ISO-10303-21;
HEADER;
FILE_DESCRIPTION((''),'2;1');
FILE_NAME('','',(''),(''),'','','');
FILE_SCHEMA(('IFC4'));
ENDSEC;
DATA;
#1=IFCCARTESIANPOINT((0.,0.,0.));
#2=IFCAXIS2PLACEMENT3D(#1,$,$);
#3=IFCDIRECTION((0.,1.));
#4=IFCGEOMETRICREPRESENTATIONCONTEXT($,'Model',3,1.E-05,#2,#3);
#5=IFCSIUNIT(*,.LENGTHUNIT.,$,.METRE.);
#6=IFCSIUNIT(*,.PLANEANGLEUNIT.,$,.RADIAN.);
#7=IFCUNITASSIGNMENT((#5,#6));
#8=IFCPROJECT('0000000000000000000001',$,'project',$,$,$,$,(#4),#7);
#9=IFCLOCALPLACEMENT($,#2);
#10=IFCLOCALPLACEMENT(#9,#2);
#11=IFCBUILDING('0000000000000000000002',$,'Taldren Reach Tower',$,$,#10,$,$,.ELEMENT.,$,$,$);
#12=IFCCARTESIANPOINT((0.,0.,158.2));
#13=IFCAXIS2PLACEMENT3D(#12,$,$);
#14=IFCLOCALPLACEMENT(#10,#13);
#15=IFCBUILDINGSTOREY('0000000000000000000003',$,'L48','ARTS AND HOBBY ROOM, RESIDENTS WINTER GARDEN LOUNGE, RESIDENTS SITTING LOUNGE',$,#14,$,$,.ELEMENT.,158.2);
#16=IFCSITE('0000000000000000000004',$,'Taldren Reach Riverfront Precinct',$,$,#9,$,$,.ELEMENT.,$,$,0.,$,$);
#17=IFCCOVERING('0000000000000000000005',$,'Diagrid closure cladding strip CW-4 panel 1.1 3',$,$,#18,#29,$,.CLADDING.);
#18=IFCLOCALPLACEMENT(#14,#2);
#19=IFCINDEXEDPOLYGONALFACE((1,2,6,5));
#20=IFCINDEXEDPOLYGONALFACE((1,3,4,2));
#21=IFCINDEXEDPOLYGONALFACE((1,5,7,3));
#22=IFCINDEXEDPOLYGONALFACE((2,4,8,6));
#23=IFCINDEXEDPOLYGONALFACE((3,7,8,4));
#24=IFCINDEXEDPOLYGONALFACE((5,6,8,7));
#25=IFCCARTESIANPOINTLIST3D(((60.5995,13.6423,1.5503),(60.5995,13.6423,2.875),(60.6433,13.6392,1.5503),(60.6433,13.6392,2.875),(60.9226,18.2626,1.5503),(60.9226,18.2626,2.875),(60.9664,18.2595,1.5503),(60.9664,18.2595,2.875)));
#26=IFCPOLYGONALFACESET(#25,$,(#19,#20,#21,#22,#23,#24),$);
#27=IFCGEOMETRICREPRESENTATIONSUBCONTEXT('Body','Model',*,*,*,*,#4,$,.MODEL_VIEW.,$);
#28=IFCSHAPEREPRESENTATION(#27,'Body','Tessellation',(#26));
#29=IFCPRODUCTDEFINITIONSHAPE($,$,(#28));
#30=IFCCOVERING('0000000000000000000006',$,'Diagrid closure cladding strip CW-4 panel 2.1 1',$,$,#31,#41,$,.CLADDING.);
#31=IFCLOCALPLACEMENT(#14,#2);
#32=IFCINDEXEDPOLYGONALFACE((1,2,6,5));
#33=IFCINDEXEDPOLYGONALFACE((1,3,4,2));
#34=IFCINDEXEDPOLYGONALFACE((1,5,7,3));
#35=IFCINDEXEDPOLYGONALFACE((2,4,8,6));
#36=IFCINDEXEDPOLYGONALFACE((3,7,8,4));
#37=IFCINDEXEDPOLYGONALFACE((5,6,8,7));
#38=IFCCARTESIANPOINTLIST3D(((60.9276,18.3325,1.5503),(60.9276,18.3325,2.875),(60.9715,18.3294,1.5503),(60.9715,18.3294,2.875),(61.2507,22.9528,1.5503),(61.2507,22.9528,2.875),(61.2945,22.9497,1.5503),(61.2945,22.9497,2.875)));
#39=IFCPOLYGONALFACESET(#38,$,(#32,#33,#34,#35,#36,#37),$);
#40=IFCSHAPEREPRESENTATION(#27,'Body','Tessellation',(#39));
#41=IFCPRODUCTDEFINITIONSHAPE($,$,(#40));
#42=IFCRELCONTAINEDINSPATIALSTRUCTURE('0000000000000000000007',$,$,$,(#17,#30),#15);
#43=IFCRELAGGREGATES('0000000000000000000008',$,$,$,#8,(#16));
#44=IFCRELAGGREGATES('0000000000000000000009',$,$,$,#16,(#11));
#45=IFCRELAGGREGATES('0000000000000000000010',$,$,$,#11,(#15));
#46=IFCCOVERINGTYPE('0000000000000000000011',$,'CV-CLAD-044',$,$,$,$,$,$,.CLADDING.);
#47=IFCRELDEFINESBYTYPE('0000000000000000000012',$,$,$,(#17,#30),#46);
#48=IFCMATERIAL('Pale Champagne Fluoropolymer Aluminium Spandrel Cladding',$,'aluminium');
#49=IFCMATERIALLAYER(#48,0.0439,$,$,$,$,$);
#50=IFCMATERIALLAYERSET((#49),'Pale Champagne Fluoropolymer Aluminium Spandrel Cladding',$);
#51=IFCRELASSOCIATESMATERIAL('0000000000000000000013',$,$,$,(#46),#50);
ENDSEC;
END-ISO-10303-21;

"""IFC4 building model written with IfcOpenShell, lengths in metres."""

from ifc_helpers import new_model, si_unit, direction, frame, origin, origin_2d, place, context, subcontext, project, spatial, rectangle, extrude, source, transform, mapped, material, layer, layer_set, type_object, element, save


model = new_model("IFC4")

# Units and contexts
model_context = context("Model", 3, precision=1e-05, world=origin(), true_north=direction((0.0, 1.0)))
body_context = subcontext(model_context, "Body", "Model", "MODEL_VIEW")
ifc_project = project(units=[si_unit("LENGTHUNIT", "METRE"), si_unit("PLANEANGLEUNIT", "RADIAN")], contexts=[model_context])

# Site, building, storey
site_placement = place(None, origin())
site = spatial("IfcSite", under=ifc_project, at=site_placement, Name="Taldren Reach Riverfront Precinct", CompositionType="ELEMENT", RefElevation=0.0)
building_placement = place(site_placement, origin())
building = spatial("IfcBuilding", under=site, at=building_placement, Name="Taldren Reach Tower", CompositionType="ELEMENT")
storey_placement = place(building_placement, frame((0.0, 0.0, 158.2)))
storey = spatial("IfcBuildingStorey", under=building, at=storey_placement, Name="L48", Description="ARTS AND HOBBY ROOM, RESIDENTS WINTER GARDEN LOUNGE, RESIDENTS SITTING LOUNGE", CompositionType="ELEMENT", Elevation=158.2)

# Coverings
ifc_material_1 = material(Name="Pale Champagne Fluoropolymer Aluminium Spandrel Cladding", Category="aluminium")
ifc_layer_1 = layer(ifc_material_1, 0.0439)
ifc_layer_set_1 = layer_set([ifc_layer_1], Name="Pale Champagne Fluoropolymer Aluminium Spandrel Cladding")
covering_type = type_object("IfcCoveringType", Name="CV-CLAD-044", PredefinedType="CLADDING", material=ifc_layer_set_1)
shared_shape_1 = source(origin(), body_context, "Body", "SweptSolid", [
    extrude(rectangle(XDim=4.6316, YDim=0.0439, at=origin_2d()), origin(), (0.0, 0.0, 1.0), 1.3247),
])
for number, where, z_axis, x_axis, name in (
    (1, (60.783, 15.9509, 1.5503), (0.0, 0.0, 1.0), (0.069756, 0.997564, 0.0), "Diagrid closure cladding strip CW-4 panel 1.1 3"),
    (2, (61.1111, 20.6411, 1.5503), (0.0, 0.0, 1.0), (0.069756, 0.997564, 0.0), "Diagrid closure cladding strip CW-4 panel 2.1 1"),
):
    element("IfcCovering", number, at=place(storey_placement, frame(where, z_axis=z_axis, x_axis=x_axis)), inside=storey, type_object=covering_type, Name=name, PredefinedType="CLADDING", context=body_context, shape_type="MappedRepresentation", body=[
        mapped(shared_shape_1, transform((0.0, 0.0, 0.0), scale=1.0)),
    ])

save(model, "model.ifc")
